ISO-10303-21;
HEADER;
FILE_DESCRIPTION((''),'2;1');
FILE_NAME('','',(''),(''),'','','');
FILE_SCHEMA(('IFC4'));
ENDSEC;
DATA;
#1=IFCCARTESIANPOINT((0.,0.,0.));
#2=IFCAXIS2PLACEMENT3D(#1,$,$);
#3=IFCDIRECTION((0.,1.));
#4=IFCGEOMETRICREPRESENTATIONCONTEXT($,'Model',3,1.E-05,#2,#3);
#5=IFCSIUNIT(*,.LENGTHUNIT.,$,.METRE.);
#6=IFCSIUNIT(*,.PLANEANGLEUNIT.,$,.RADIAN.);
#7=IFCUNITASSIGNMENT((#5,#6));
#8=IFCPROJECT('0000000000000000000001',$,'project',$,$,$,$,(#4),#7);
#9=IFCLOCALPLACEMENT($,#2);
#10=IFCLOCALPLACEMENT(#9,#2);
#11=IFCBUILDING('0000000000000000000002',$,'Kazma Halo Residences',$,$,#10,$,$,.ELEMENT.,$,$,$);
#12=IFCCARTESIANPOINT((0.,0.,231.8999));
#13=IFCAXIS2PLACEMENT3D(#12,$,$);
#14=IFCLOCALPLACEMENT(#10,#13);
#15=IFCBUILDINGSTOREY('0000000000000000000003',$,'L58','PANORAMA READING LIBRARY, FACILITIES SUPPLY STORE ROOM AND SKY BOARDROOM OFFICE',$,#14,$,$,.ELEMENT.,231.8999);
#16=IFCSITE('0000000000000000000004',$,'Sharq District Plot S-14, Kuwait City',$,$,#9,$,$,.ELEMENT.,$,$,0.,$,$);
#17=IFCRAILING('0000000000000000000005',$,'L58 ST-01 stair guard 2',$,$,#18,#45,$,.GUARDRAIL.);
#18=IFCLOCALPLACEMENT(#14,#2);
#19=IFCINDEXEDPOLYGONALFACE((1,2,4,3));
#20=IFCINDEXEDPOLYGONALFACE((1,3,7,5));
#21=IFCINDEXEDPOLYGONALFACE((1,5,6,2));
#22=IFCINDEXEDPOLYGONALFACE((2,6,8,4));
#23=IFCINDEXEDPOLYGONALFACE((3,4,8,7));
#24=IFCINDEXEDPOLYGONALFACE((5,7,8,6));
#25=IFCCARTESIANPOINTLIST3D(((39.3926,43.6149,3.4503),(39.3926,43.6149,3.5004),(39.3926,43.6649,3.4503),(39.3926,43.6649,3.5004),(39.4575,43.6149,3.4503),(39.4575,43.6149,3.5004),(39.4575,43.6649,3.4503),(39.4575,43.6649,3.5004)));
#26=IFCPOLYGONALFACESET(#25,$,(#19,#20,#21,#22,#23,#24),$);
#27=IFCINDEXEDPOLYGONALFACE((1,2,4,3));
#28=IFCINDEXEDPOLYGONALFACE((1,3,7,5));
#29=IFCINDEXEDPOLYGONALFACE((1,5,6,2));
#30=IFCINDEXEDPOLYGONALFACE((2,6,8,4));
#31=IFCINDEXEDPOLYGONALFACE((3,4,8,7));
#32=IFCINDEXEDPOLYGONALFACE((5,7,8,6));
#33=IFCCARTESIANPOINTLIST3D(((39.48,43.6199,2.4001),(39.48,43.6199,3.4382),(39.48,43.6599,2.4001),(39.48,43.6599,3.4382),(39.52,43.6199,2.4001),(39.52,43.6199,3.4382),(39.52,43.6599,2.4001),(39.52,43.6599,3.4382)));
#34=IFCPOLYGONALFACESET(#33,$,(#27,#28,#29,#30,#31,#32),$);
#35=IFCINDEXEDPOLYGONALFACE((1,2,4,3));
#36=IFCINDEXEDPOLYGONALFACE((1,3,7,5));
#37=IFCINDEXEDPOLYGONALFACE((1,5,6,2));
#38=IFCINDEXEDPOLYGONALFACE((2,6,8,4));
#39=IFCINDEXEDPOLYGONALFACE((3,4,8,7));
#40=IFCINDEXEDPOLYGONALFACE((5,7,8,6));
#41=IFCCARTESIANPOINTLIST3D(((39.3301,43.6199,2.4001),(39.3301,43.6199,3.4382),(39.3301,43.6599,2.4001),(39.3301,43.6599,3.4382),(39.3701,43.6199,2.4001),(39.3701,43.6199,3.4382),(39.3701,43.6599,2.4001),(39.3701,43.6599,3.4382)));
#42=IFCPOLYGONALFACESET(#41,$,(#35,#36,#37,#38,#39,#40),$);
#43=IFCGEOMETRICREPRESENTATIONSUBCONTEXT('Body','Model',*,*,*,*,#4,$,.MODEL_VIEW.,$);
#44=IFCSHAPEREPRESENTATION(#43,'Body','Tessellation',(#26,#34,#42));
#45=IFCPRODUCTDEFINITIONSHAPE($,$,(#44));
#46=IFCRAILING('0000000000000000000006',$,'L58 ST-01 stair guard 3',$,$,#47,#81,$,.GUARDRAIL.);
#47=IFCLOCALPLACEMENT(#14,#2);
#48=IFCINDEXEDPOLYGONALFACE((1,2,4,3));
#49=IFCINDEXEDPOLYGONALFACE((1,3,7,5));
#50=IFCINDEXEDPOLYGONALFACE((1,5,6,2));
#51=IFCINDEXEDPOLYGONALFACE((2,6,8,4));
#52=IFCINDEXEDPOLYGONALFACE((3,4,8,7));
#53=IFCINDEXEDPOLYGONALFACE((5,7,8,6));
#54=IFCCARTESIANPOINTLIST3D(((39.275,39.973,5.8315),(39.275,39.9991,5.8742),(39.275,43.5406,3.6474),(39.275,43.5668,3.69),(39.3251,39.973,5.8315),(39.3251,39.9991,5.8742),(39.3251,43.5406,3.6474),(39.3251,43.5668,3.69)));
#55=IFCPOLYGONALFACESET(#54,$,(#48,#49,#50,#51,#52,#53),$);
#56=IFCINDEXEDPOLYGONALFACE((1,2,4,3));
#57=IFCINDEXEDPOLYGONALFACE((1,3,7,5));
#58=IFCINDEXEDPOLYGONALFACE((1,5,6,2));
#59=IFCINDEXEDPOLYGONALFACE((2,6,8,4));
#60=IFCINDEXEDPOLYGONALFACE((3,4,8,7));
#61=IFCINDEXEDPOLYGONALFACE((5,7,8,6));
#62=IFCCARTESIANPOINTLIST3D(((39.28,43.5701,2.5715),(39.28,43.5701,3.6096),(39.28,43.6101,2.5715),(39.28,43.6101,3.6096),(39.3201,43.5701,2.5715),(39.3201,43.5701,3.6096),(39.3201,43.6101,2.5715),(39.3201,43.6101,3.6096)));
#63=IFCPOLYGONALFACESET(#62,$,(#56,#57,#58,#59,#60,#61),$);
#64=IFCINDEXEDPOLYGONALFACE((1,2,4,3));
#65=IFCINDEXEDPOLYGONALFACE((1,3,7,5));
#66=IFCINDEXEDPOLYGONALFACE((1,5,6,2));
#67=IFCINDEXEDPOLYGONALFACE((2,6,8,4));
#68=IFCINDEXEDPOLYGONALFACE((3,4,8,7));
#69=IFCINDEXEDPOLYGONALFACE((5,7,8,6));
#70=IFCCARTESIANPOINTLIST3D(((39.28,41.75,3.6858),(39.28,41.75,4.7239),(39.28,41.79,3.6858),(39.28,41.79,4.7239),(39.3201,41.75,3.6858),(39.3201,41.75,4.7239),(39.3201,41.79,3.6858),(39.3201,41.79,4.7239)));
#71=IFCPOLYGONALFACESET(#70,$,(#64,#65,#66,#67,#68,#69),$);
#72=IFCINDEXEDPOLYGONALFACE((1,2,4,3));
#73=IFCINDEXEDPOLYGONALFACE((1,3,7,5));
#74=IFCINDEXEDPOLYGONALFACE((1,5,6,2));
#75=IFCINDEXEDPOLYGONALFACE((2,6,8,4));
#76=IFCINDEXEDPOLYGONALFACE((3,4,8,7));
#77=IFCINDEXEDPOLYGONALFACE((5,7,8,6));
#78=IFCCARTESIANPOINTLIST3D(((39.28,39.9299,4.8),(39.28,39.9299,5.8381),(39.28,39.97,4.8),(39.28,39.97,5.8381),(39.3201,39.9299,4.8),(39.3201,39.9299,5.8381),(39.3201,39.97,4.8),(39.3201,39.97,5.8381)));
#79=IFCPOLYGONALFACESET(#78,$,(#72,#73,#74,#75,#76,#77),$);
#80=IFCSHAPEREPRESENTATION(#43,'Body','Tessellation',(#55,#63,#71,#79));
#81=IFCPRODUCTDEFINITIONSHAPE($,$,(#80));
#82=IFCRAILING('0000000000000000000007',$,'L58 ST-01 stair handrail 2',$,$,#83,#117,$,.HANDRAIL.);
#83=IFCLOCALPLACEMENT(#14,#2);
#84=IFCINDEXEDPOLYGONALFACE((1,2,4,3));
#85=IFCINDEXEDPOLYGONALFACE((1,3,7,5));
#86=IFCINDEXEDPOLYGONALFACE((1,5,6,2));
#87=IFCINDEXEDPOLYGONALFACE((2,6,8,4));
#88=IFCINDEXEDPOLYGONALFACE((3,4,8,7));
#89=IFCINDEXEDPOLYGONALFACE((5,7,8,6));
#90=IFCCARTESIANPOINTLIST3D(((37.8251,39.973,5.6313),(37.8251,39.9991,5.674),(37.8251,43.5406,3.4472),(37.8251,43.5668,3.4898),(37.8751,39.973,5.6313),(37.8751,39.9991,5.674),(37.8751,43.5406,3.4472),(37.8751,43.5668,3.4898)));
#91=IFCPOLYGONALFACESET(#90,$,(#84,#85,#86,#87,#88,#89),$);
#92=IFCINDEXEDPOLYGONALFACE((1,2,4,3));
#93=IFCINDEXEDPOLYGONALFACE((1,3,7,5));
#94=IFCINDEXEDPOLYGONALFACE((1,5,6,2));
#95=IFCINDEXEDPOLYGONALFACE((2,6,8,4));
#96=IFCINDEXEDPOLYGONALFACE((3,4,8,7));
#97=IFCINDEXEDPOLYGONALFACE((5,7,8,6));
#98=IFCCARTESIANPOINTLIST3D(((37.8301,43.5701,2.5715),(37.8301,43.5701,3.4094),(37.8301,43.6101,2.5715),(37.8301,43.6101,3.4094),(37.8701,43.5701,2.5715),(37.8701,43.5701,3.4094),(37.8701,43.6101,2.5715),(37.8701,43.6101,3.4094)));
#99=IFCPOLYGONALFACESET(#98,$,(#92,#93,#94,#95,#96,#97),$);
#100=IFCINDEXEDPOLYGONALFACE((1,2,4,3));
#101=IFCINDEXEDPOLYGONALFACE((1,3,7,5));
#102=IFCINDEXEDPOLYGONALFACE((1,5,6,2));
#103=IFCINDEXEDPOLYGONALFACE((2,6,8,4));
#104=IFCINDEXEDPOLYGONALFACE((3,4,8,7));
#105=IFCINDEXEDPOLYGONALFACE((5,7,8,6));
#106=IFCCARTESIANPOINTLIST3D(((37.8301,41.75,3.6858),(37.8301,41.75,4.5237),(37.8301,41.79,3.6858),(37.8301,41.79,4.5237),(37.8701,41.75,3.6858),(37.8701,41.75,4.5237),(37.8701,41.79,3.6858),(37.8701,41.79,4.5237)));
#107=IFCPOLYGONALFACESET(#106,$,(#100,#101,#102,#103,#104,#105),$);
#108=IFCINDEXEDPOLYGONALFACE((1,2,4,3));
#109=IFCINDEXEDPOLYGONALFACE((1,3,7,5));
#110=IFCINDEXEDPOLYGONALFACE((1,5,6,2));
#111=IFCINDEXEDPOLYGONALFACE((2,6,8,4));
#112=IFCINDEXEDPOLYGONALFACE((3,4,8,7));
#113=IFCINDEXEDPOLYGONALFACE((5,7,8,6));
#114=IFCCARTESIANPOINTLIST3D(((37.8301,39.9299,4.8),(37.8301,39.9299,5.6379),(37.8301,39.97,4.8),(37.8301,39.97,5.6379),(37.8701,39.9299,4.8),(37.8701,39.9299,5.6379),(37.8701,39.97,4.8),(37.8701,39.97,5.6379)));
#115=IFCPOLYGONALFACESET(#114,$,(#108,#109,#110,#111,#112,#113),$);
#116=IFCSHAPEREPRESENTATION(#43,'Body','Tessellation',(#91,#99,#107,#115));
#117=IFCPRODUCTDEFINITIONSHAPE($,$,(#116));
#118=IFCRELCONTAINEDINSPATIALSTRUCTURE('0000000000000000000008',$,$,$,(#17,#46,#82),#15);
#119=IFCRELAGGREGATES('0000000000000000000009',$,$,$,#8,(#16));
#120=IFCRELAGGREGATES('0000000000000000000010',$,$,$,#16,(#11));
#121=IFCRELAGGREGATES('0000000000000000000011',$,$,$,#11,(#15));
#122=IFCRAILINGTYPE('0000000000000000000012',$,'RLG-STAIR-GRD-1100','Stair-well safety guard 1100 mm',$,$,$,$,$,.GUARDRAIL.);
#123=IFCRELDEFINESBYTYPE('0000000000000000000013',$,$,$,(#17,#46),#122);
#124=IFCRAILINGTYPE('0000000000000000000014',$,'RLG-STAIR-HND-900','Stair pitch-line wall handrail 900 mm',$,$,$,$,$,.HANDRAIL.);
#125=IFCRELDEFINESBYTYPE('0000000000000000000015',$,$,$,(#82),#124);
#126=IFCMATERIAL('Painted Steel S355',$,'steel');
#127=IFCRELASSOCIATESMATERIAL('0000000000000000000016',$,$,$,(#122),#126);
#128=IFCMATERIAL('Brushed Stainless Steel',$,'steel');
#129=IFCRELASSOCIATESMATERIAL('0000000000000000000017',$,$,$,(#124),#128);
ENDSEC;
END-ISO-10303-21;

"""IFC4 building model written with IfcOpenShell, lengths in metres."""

from ifc_helpers import new_model, si_unit, direction, frame, origin, origin_2d, place, context, subcontext, project, spatial, rectangle, extrude, material, type_object, element, save


model = new_model("IFC4")

# Units and contexts
model_context = context("Model", 3, precision=1e-05, world=origin(), true_north=direction((0.0, 1.0)))
body_context = subcontext(model_context, "Body", "Model", "MODEL_VIEW")
ifc_project = project(units=[si_unit("LENGTHUNIT", "METRE"), si_unit("PLANEANGLEUNIT", "RADIAN")], contexts=[model_context])

# Site, building, storey
site_placement = place(None, origin())
site = spatial("IfcSite", under=ifc_project, at=site_placement, Name="Sharq District Plot S-14, Kuwait City", CompositionType="ELEMENT", RefElevation=0.0)
building_placement = place(site_placement, origin())
building = spatial("IfcBuilding", under=site, at=building_placement, Name="Kazma Halo Residences", CompositionType="ELEMENT")
storey_placement = place(building_placement, frame((0.0, 0.0, 231.8999)))
storey = spatial("IfcBuildingStorey", under=building, at=storey_placement, Name="L58", Description="PANORAMA READING LIBRARY, FACILITIES SUPPLY STORE ROOM AND SKY BOARDROOM OFFICE", CompositionType="ELEMENT", Elevation=231.8999)

# Railings
ifc_material_1 = material(Name="Painted Steel S355", Category="steel")
railing_type_1 = type_object("IfcRailingType", Name="RLG-STAIR-GRD-1100", Description="Stair-well safety guard 1100 mm", PredefinedType="GUARDRAIL", material=ifc_material_1)
railing_1_placement = place(storey_placement, frame((39.5, 43.6399, 2.4001)))
element("IfcRailing", 1, at=railing_1_placement, inside=storey, type_object=railing_type_1, Name="L58 ST-01 stair guard 2", PredefinedType="GUARDRAIL", context=body_context, shape_type="SweptSolid", body=[
    extrude(rectangle(XDim=0.05, YDim=0.05, at=origin_2d()), frame((-0.0425, 0.0, 1.0752), z_axis=(-1.0, 0.0, 0.0), x_axis=(0.0, -1.0, 0.0)), (0.0, 0.0, 1.0), 0.0649),
    extrude(rectangle(XDim=0.04, YDim=0.04, at=origin_2d()), origin(), (0.0, 0.0, 1.0), 1.0381),
    extrude(rectangle(XDim=0.04, YDim=0.04, at=origin_2d()), frame((-0.1499, 0.0, 0.0)), (0.0, 0.0, 1.0), 1.0381),
])
railing_2_placement = place(storey_placement, frame((39.3, 43.5901, 2.5715)))
element("IfcRailing", 2, at=railing_2_placement, inside=storey, type_object=railing_type_1, Name="L58 ST-01 stair guard 3", PredefinedType="GUARDRAIL", context=body_context, shape_type="SweptSolid", body=[
    extrude(rectangle(XDim=0.05, YDim=0.05, at=origin_2d()), frame((0.0, -0.0364, 1.0972), z_axis=(0.0, -0.852866, 0.52213), x_axis=(1.0, 0.0, 0.0)), (0.0, 0.0, 1.0), 4.1831),
    extrude(rectangle(XDim=0.04, YDim=0.04, at=origin_2d()), origin(), (0.0, 0.0, 1.0), 1.0381),
    extrude(rectangle(XDim=0.04, YDim=0.04, at=origin_2d()), frame((0.0, -1.8201, 1.1143)), (0.0, 0.0, 1.0), 1.0381),
    extrude(rectangle(XDim=0.04, YDim=0.04, at=origin_2d()), frame((0.0, -3.6401, 2.2285)), (0.0, 0.0, 1.0), 1.0381),
])
ifc_material_2 = material(Name="Brushed Stainless Steel", Category="steel")
railing_type_2 = type_object("IfcRailingType", Name="RLG-STAIR-HND-900", Description="Stair pitch-line wall handrail 900 mm", PredefinedType="HANDRAIL", material=ifc_material_2)
railing_3_placement = place(storey_placement, frame((37.8501, 43.5901, 2.5715)))
element("IfcRailing", 3, at=railing_3_placement, inside=storey, type_object=railing_type_2, Name="L58 ST-01 stair handrail 2", PredefinedType="HANDRAIL", context=body_context, shape_type="SweptSolid", body=[
    extrude(rectangle(XDim=0.05, YDim=0.05, at=origin_2d()), frame((0.0, -0.0364, 0.897), z_axis=(0.0, -0.852866, 0.52213), x_axis=(1.0, 0.0, 0.0)), (0.0, 0.0, 1.0), 4.1831),
    extrude(rectangle(XDim=0.04, YDim=0.04, at=origin_2d()), origin(), (0.0, 0.0, 1.0), 0.8379),
    extrude(rectangle(XDim=0.04, YDim=0.04, at=origin_2d()), frame((0.0, -1.8201, 1.1143)), (0.0, 0.0, 1.0), 0.8379),
    extrude(rectangle(XDim=0.04, YDim=0.04, at=origin_2d()), frame((0.0, -3.6401, 2.2285)), (0.0, 0.0, 1.0), 0.8379),
])

save(model, "model.ifc")
